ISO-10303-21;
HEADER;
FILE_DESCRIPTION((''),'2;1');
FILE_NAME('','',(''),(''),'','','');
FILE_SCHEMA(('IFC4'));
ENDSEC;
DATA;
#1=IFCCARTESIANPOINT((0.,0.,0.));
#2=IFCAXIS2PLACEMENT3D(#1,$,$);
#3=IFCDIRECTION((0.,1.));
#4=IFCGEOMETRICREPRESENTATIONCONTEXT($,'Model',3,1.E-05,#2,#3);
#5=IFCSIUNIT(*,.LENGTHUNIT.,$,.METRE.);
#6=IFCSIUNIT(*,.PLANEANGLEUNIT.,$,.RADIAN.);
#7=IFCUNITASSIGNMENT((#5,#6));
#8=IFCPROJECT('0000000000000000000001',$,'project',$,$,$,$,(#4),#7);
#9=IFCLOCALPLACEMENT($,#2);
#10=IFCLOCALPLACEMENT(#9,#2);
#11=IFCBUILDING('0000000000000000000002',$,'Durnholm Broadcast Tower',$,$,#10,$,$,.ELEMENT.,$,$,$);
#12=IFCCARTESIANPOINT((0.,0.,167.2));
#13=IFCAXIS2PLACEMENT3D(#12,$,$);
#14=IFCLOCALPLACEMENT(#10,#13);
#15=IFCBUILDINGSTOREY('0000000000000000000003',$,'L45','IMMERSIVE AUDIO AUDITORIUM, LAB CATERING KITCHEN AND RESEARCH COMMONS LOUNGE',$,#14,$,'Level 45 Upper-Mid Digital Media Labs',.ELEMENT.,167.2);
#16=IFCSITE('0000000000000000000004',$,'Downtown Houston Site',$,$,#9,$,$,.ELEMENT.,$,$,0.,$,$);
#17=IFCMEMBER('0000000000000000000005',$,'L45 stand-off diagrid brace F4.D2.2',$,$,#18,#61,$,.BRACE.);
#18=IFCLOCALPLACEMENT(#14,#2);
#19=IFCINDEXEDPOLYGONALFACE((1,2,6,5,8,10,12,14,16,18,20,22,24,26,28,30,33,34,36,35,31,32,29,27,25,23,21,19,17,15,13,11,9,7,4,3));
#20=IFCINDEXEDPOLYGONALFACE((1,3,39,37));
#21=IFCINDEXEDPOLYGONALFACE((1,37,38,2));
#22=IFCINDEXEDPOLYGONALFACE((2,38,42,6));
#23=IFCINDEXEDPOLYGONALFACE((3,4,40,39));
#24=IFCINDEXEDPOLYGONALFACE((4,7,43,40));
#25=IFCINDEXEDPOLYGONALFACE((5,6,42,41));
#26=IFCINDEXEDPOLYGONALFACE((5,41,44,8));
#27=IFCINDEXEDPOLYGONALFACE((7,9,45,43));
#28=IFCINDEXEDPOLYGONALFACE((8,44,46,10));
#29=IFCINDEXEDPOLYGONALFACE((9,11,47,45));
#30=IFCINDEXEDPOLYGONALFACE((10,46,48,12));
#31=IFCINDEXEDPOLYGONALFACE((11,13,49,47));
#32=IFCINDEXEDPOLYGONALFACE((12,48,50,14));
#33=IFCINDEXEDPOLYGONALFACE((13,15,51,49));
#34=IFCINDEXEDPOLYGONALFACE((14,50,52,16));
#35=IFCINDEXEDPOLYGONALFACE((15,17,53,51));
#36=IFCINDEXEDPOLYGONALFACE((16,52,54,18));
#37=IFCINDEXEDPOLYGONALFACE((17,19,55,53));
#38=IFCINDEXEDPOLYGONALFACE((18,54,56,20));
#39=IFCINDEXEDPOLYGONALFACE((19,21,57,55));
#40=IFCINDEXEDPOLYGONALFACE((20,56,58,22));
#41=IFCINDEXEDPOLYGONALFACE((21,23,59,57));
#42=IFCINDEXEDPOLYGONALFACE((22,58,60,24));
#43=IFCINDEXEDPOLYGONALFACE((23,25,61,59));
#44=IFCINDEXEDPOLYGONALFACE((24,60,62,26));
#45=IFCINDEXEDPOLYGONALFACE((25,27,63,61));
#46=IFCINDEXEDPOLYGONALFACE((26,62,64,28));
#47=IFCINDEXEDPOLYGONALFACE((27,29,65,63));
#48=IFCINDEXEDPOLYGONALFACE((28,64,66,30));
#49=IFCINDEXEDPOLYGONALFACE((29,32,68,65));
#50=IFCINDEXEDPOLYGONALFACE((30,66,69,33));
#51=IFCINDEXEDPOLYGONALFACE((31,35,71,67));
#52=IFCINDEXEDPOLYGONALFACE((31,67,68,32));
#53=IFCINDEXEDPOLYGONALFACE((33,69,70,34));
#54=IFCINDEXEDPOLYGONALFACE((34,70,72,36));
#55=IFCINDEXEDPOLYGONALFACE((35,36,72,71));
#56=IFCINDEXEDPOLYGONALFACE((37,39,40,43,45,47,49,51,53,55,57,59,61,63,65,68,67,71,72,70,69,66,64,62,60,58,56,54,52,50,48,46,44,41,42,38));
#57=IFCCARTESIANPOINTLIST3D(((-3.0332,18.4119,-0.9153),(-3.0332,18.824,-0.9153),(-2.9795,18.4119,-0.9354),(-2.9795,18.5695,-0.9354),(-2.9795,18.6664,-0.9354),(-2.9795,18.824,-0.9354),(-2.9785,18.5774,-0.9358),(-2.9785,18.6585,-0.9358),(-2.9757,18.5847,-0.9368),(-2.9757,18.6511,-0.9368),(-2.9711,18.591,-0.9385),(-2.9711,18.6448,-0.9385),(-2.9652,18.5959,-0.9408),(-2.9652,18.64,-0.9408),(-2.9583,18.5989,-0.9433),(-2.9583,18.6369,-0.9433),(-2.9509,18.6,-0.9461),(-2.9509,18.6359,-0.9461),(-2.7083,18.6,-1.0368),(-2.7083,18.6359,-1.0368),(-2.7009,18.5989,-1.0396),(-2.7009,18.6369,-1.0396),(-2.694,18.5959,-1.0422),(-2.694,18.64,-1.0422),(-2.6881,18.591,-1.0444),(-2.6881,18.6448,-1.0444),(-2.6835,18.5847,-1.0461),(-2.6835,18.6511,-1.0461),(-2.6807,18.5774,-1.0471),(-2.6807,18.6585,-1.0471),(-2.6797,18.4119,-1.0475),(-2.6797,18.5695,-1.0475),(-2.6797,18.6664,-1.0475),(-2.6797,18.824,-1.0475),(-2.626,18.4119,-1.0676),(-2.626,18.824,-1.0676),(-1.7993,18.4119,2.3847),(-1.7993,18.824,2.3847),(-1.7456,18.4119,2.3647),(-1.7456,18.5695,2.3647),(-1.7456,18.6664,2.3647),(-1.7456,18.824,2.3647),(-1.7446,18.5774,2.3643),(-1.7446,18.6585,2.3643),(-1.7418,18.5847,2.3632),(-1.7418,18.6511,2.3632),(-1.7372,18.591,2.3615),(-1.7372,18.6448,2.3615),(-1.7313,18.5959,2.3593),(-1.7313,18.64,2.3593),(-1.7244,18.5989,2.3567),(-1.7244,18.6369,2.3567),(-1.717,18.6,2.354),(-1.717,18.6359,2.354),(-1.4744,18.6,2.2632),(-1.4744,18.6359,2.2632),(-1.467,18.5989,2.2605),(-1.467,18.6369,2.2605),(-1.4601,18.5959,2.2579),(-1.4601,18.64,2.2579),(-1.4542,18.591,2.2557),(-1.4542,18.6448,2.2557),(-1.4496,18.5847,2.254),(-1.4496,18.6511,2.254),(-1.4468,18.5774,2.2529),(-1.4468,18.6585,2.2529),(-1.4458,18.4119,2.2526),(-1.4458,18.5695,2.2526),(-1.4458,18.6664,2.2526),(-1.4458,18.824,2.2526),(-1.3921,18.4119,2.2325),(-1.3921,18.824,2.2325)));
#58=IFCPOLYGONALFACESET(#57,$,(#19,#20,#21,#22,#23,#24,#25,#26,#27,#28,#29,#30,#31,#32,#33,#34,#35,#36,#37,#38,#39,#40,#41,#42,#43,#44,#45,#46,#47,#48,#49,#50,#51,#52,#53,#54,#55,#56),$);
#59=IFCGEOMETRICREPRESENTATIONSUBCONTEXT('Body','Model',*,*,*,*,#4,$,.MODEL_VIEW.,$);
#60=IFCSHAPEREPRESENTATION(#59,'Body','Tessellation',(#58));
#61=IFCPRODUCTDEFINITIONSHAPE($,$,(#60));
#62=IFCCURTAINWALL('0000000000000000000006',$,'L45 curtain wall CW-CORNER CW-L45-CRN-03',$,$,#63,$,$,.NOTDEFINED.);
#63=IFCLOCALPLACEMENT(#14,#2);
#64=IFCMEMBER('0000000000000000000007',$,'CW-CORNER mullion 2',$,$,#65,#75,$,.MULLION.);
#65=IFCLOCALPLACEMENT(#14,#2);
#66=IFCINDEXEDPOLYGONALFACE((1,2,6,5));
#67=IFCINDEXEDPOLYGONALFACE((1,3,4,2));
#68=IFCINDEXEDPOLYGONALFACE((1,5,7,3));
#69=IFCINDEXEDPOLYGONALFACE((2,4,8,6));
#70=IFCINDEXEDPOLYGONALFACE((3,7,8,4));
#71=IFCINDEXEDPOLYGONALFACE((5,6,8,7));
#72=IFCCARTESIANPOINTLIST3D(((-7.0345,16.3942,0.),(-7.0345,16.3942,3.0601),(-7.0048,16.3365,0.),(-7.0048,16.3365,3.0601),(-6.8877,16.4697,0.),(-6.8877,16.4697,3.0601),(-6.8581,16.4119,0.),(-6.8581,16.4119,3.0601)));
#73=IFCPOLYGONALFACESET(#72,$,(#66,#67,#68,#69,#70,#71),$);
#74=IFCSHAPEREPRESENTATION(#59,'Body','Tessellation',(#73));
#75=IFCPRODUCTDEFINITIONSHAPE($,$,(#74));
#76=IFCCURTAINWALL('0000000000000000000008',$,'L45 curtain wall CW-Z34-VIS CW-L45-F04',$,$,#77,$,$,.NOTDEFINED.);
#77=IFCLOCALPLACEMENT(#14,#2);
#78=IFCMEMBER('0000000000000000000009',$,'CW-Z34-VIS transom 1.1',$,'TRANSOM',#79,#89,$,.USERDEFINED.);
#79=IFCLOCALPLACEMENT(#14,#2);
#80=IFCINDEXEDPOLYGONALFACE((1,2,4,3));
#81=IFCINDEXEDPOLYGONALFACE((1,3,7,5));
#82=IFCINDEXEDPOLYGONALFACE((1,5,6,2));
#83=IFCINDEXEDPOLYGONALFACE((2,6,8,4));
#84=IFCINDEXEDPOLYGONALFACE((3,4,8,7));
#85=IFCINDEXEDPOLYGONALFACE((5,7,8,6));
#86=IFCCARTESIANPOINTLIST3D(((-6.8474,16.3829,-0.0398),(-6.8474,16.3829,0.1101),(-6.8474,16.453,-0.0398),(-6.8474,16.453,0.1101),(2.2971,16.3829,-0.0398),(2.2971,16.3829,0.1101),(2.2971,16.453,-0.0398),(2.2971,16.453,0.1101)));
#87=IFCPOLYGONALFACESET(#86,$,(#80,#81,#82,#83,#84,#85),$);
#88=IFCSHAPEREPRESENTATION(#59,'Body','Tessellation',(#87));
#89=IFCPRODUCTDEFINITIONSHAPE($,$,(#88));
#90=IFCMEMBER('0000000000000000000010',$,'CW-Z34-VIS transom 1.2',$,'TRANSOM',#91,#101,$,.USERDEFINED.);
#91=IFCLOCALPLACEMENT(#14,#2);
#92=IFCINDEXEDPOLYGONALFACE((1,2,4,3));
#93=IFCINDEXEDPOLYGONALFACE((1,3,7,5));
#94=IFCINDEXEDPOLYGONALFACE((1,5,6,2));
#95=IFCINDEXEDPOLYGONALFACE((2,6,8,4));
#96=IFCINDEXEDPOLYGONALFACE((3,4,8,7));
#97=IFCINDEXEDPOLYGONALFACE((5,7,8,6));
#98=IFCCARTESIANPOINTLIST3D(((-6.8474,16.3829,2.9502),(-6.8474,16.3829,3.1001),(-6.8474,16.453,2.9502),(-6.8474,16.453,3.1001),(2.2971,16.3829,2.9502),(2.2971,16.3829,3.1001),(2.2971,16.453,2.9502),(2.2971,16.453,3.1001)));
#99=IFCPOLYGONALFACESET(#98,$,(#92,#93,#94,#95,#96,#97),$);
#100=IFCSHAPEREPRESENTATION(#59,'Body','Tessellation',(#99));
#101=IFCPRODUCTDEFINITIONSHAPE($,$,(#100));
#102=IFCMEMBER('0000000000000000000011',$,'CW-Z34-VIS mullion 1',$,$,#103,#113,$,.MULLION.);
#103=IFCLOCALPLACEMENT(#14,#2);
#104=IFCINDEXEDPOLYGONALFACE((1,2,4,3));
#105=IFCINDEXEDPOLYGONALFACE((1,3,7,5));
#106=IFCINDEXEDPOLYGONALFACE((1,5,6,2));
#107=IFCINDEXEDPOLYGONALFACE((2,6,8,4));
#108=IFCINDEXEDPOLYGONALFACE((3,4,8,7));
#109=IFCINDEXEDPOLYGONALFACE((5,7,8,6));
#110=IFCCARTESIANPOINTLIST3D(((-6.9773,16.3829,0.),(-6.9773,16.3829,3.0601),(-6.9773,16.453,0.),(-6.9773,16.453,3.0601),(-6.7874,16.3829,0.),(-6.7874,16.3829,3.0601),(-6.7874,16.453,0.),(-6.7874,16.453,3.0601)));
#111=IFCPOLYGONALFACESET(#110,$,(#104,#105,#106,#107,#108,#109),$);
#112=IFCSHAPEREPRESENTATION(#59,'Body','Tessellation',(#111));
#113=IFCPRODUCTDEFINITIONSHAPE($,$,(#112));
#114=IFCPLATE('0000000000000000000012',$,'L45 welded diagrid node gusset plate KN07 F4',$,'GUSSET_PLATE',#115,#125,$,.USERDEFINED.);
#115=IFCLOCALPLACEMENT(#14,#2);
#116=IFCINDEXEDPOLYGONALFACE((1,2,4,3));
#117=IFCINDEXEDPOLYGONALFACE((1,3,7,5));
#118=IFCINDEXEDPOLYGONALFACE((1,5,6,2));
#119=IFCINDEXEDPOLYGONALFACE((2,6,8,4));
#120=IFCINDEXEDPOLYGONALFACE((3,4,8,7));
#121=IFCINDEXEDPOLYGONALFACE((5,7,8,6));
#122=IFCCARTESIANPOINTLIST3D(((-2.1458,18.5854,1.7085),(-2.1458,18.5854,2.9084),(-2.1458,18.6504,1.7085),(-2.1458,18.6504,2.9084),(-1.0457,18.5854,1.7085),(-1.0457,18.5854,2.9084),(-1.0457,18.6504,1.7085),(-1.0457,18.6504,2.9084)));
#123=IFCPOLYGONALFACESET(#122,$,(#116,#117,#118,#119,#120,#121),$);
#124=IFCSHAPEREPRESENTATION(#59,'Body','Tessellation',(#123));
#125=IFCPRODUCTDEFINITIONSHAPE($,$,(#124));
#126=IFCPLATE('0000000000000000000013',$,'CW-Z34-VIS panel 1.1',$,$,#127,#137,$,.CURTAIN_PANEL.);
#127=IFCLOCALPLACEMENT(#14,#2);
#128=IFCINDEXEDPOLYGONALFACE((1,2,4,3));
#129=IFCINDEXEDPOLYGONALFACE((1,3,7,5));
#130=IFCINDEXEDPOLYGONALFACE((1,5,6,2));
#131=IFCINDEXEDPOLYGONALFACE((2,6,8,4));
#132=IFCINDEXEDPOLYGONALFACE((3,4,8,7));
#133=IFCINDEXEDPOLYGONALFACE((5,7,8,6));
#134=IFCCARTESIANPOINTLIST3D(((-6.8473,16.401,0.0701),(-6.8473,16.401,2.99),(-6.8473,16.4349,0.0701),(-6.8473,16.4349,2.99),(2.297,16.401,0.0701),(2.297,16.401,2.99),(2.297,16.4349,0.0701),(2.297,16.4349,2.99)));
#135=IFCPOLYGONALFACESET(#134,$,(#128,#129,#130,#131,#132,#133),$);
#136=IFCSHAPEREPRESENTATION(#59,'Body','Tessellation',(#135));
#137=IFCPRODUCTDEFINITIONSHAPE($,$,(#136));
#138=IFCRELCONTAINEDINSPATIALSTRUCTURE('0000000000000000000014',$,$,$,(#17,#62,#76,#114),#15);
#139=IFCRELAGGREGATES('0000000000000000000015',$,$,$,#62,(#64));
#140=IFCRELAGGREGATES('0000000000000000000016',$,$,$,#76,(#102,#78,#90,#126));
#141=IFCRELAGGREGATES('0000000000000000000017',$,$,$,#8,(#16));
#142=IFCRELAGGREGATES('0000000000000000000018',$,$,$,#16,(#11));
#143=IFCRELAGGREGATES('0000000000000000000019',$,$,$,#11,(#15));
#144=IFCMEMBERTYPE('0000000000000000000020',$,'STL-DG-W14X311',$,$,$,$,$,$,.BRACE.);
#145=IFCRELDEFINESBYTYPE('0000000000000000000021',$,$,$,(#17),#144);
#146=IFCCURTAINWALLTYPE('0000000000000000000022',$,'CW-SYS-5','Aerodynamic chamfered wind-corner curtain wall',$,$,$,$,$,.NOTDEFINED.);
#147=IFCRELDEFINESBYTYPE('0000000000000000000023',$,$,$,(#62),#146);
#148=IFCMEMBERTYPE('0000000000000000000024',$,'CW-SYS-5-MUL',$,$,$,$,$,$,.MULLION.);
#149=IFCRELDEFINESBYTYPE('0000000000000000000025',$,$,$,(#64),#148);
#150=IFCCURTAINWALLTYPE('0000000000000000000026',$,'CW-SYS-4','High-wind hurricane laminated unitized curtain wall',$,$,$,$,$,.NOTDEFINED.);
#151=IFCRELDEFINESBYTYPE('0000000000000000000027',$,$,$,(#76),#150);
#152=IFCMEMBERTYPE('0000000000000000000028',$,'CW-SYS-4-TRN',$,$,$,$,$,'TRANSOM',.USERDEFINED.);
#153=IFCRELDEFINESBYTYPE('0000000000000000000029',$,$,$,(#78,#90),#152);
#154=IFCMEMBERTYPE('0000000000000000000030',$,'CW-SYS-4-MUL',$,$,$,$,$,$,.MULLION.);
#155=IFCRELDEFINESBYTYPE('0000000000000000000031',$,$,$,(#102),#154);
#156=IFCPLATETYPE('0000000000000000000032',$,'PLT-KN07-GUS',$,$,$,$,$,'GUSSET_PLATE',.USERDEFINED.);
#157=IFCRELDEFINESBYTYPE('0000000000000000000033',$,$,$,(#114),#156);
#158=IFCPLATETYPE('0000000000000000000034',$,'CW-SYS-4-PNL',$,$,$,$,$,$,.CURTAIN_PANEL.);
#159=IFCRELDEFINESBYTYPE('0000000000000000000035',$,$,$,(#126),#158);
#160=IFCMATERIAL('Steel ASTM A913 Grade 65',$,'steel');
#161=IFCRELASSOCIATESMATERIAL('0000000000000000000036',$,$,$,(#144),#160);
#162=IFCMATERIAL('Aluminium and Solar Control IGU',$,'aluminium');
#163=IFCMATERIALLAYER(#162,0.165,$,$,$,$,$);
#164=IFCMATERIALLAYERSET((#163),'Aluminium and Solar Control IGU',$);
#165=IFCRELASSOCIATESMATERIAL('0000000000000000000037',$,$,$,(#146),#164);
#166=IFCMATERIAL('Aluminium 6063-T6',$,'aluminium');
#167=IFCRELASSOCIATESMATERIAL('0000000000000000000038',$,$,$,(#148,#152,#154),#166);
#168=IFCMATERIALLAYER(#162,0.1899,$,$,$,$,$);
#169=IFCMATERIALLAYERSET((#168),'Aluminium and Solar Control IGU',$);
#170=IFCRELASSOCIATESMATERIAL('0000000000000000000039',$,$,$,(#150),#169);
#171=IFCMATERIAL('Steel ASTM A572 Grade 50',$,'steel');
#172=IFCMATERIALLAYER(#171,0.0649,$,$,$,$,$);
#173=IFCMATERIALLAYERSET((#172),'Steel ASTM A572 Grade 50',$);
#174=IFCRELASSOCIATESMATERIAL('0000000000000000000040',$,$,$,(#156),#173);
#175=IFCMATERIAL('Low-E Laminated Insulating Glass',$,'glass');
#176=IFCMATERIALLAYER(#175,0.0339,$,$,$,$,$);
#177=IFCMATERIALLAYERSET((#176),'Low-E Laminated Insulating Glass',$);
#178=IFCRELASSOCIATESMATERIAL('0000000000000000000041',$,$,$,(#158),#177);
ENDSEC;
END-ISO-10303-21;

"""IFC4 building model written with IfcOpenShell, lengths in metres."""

from ifc_helpers import new_model, si_unit, direction, frame, origin, origin_2d, place, context, subcontext, project, spatial, rectangle, i_section, extrude, source, transform, mapped, material, layer, layer_set, material_profile, profile_set, type_object, type_shapes, element, aggregate, save


model = new_model("IFC4")

# Units and contexts
model_context = context("Model", 3, precision=1e-05, world=origin(), true_north=direction((0.0, 1.0)))
body_context = subcontext(model_context, "Body", "Model", "MODEL_VIEW")
ifc_project = project(units=[si_unit("LENGTHUNIT", "METRE"), si_unit("PLANEANGLEUNIT", "RADIAN")], contexts=[model_context])

# Site, building, storey
site_placement = place(None, origin())
site = spatial("IfcSite", under=ifc_project, at=site_placement, Name="Downtown Houston Site", CompositionType="ELEMENT", RefElevation=0.0)
building_placement = place(site_placement, origin())
building = spatial("IfcBuilding", under=site, at=building_placement, Name="Durnholm Broadcast Tower", CompositionType="ELEMENT")
storey_placement = place(building_placement, frame((0.0, 0.0, 167.2)))
storey = spatial("IfcBuildingStorey", under=building, at=storey_placement, Name="L45", Description="IMMERSIVE AUDIO AUDITORIUM, LAB CATERING KITCHEN AND RESEARCH COMMONS LOUNGE", LongName="Level 45 Upper-Mid Digital Media Labs", CompositionType="ELEMENT", Elevation=167.2)

# Member
ifc_material_1 = material(Name="Steel ASTM A913 Grade 65", Category="steel")
ifc_material_profile_1 = material_profile(ifc_material_1, i_section(OverallWidth=0.4121, OverallDepth=0.4348, WebThickness=0.0359, FlangeThickness=0.0574, FilletRadius=0.0305, at=origin_2d()), Name="W14X311")
ifc_profile_set_1 = profile_set([ifc_material_profile_1], Name="Steel ASTM A913 Grade 65")
member_type_1 = type_object("IfcMemberType", Name="STL-DG-W14X311", PredefinedType="BRACE", material=ifc_profile_set_1)
shared_shape_1 = source(origin(), body_context, "Body", "SweptSolid", [
    extrude(i_section(OverallWidth=0.4121, OverallDepth=0.4348, WebThickness=0.0359, FlangeThickness=0.0574, FilletRadius=0.0305, at=origin_2d()), origin(), (0.0, 0.0, 1.0), 3.5232),
])
type_shapes(member_type_1, [shared_shape_1])
for number, where, z_axis, x_axis, name in (
    (1, (-2.8296, 18.6179, -0.9915), (0.35022, 0.0, 0.936668), (0.0, 1.0, 0.0), "L45 stand-off diagrid brace F4.D2.2"),
):
    element("IfcMember", number, at=place(storey_placement, frame(where, z_axis=z_axis, x_axis=x_axis)), inside=storey, type_object=member_type_1, Name=name, PredefinedType="BRACE", context=body_context, shape_type="MappedRepresentation", body=[
        mapped(shared_shape_1, transform((0.0, 0.0, 0.0), x_axis=(1.0, 0.0, 0.0), y_axis=(0.0, 1.0, 0.0), z_axis=(0.0, 0.0, 1.0), scale=1.0)),
    ])

# Curtain wall, member
ifc_material_2 = material(Name="Aluminium and Solar Control IGU", Category="aluminium")
ifc_layer_1 = layer(ifc_material_2, 0.165)
ifc_layer_set_1 = layer_set([ifc_layer_1], Name="Aluminium and Solar Control IGU")
curtain_wall_type_1 = type_object("IfcCurtainWallType", Name="CW-SYS-5", Description="Aerodynamic chamfered wind-corner curtain wall", PredefinedType="NOTDEFINED", material=ifc_layer_set_1)
curtain_wall_1_placement = place(storey_placement, origin())
curtain_wall_1 = element("IfcCurtainWall", 2, at=curtain_wall_1_placement, inside=storey, type_object=curtain_wall_type_1, Name="L45 curtain wall CW-CORNER CW-L45-CRN-03", PredefinedType="NOTDEFINED")
ifc_material_3 = material(Name="Aluminium 6063-T6", Category="aluminium")
ifc_material_profile_2 = material_profile(ifc_material_3, rectangle(XDim=0.0649, YDim=0.165, at=origin_2d()), Name="CWM65X165")
ifc_profile_set_2 = profile_set([ifc_material_profile_2], Name="Aluminium 6063-T6")
member_type_2 = type_object("IfcMemberType", Name="CW-SYS-5-MUL", PredefinedType="MULLION", material=ifc_profile_set_2)
shared_shape_2 = source(origin(), body_context, "Body", "SweptSolid", [
    extrude(rectangle(XDim=0.0649, YDim=0.165, at=origin_2d()), origin(), (0.0, 0.0, 1.0), 3.0601),
])
type_shapes(member_type_2, [shared_shape_2])
member_1_placement = place(storey_placement, frame((-6.9463, 16.4031, 0.0), z_axis=(0.0, 0.0, 1.0), x_axis=(-0.457082, 0.889425, 0.0)))
member_1 = element("IfcMember", 3, at=member_1_placement, type_object=member_type_2, Name="CW-CORNER mullion 2", PredefinedType="MULLION", context=body_context, shape_type="MappedRepresentation", body=[
    mapped(shared_shape_2, transform((0.0, 0.0, 0.0), x_axis=(1.0, 0.0, 0.0), y_axis=(0.0, 1.0, 0.0), z_axis=(0.0, 0.0, 1.0), scale=1.0)),
])
aggregate(curtain_wall_1, [member_1])

# Curtain wall, members
ifc_layer_2 = layer(ifc_material_2, 0.1899)
ifc_layer_set_2 = layer_set([ifc_layer_2], Name="Aluminium and Solar Control IGU")
curtain_wall_type_2 = type_object("IfcCurtainWallType", Name="CW-SYS-4", Description="High-wind hurricane laminated unitized curtain wall", PredefinedType="NOTDEFINED", material=ifc_layer_set_2)
curtain_wall_2_placement = place(storey_placement, origin())
curtain_wall_2 = element("IfcCurtainWall", 4, at=curtain_wall_2_placement, inside=storey, type_object=curtain_wall_type_2, Name="L45 curtain wall CW-Z34-VIS CW-L45-F04", PredefinedType="NOTDEFINED")
ifc_material_profile_3 = material_profile(ifc_material_3, rectangle(XDim=0.0701, YDim=0.1499, at=origin_2d()), Name="CWT70X150")
ifc_profile_set_3 = profile_set([ifc_material_profile_3], Name="Aluminium 6063-T6")
member_type_3 = type_object("IfcMemberType", Name="CW-SYS-4-TRN", ElementType="TRANSOM", PredefinedType="USERDEFINED", material=ifc_profile_set_3)
shared_shape_3 = source(origin(), body_context, "Body", "SweptSolid", [
    extrude(rectangle(XDim=0.0701, YDim=0.1499, at=origin_2d()), origin(), (0.0, 0.0, 1.0), 9.1445),
])
type_shapes(member_type_3, [shared_shape_3])
member_2_placement = place(storey_placement, frame((-6.8474, 16.418, 0.0352), z_axis=(1.0, 0.0, 0.0), x_axis=(0.0, 1.0, 0.0)))
member_2 = element("IfcMember", 5, at=member_2_placement, type_object=member_type_3, Name="CW-Z34-VIS transom 1.1", ObjectType="TRANSOM", PredefinedType="USERDEFINED", context=body_context, shape_type="MappedRepresentation", body=[
    mapped(shared_shape_3, transform((0.0, 0.0, 0.0), x_axis=(1.0, 0.0, 0.0), y_axis=(0.0, 1.0, 0.0), z_axis=(0.0, 0.0, 1.0), scale=1.0)),
])
member_3_placement = place(storey_placement, frame((-6.8474, 16.418, 3.0251), z_axis=(1.0, 0.0, 0.0), x_axis=(0.0, 1.0, 0.0)))
member_3 = element("IfcMember", 6, at=member_3_placement, type_object=member_type_3, Name="CW-Z34-VIS transom 1.2", ObjectType="TRANSOM", PredefinedType="USERDEFINED", context=body_context, shape_type="MappedRepresentation", body=[
    mapped(shared_shape_3, transform((0.0, 0.0, 0.0), x_axis=(1.0, 0.0, 0.0), y_axis=(0.0, 1.0, 0.0), z_axis=(0.0, 0.0, 1.0), scale=1.0)),
])
ifc_material_profile_4 = material_profile(ifc_material_3, rectangle(XDim=0.0701, YDim=0.1899, at=origin_2d()), Name="CWM70X190")
ifc_profile_set_4 = profile_set([ifc_material_profile_4], Name="Aluminium 6063-T6")
member_type_4 = type_object("IfcMemberType", Name="CW-SYS-4-MUL", PredefinedType="MULLION", material=ifc_profile_set_4)
shared_shape_4 = source(origin(), body_context, "Body", "SweptSolid", [
    extrude(rectangle(XDim=0.0701, YDim=0.1899, at=origin_2d()), origin(), (0.0, 0.0, 1.0), 3.0601),
])
type_shapes(member_type_4, [shared_shape_4])
member_4_placement = place(storey_placement, frame((-6.8823, 16.418, 0.0), z_axis=(0.0, 0.0, 1.0), x_axis=(0.0, 1.0, 0.0)))
member_4 = element("IfcMember", 7, at=member_4_placement, type_object=member_type_4, Name="CW-Z34-VIS mullion 1", PredefinedType="MULLION", context=body_context, shape_type="MappedRepresentation", body=[
    mapped(shared_shape_4, transform((0.0, 0.0, 0.0), x_axis=(1.0, 0.0, 0.0), y_axis=(0.0, 1.0, 0.0), z_axis=(0.0, 0.0, 1.0), scale=1.0)),
])

# Plates
ifc_material_4 = material(Name="Steel ASTM A572 Grade 50", Category="steel")
ifc_layer_3 = layer(ifc_material_4, 0.0649)
ifc_layer_set_3 = layer_set([ifc_layer_3], Name="Steel ASTM A572 Grade 50")
plate_type_1 = type_object("IfcPlateType", Name="PLT-KN07-GUS", ElementType="GUSSET_PLATE", PredefinedType="USERDEFINED", material=ifc_layer_set_3)
shared_shape_5 = source(origin(), body_context, "Body", "SweptSolid", [
    extrude(rectangle(XDim=1.1001, YDim=0.0649, at=origin_2d()), origin(), (0.0, 0.0, 1.0), 1.2),
])
type_shapes(plate_type_1, [shared_shape_5])
plate_1_placement = place(storey_placement, frame((-1.5957, 18.6179, 1.7085), z_axis=(0.0, 0.0, 1.0), x_axis=(-1.0, 0.0, 0.0)))
element("IfcPlate", 8, at=plate_1_placement, inside=storey, type_object=plate_type_1, Name="L45 welded diagrid node gusset plate KN07 F4", ObjectType="GUSSET_PLATE", PredefinedType="USERDEFINED", context=body_context, shape_type="MappedRepresentation", body=[
    mapped(shared_shape_5, transform((0.0, 0.0, 0.0), x_axis=(1.0, 0.0, 0.0), y_axis=(0.0, 1.0, 0.0), z_axis=(0.0, 0.0, 1.0), scale=1.0)),
])
ifc_material_5 = material(Name="Low-E Laminated Insulating Glass", Category="glass")
ifc_layer_4 = layer(ifc_material_5, 0.0339)
ifc_layer_set_4 = layer_set([ifc_layer_4], Name="Low-E Laminated Insulating Glass")
plate_type_2 = type_object("IfcPlateType", Name="CW-SYS-4-PNL", PredefinedType="CURTAIN_PANEL", material=ifc_layer_set_4)
shared_shape_6 = source(origin(), body_context, "Body", "SweptSolid", [
    extrude(rectangle(XDim=9.1443, YDim=0.0339, at=origin_2d()), origin(), (0.0, 0.0, 1.0), 2.9199),
])
type_shapes(plate_type_2, [shared_shape_6])
plate_2_placement = place(storey_placement, frame((-2.2751, 16.418, 0.0701), z_axis=(0.0, 0.0, 1.0), x_axis=(1.0, 0.0, 0.0)))
plate_2 = element("IfcPlate", 9, at=plate_2_placement, type_object=plate_type_2, Name="CW-Z34-VIS panel 1.1", PredefinedType="CURTAIN_PANEL", context=body_context, shape_type="MappedRepresentation", body=[
    mapped(shared_shape_6, transform((0.0, 0.0, 0.0), x_axis=(1.0, 0.0, 0.0), y_axis=(0.0, 1.0, 0.0), z_axis=(0.0, 0.0, 1.0), scale=1.0)),
])
aggregate(curtain_wall_2, [member_4, member_2, member_3, plate_2])

save(model, "model.ifc")
